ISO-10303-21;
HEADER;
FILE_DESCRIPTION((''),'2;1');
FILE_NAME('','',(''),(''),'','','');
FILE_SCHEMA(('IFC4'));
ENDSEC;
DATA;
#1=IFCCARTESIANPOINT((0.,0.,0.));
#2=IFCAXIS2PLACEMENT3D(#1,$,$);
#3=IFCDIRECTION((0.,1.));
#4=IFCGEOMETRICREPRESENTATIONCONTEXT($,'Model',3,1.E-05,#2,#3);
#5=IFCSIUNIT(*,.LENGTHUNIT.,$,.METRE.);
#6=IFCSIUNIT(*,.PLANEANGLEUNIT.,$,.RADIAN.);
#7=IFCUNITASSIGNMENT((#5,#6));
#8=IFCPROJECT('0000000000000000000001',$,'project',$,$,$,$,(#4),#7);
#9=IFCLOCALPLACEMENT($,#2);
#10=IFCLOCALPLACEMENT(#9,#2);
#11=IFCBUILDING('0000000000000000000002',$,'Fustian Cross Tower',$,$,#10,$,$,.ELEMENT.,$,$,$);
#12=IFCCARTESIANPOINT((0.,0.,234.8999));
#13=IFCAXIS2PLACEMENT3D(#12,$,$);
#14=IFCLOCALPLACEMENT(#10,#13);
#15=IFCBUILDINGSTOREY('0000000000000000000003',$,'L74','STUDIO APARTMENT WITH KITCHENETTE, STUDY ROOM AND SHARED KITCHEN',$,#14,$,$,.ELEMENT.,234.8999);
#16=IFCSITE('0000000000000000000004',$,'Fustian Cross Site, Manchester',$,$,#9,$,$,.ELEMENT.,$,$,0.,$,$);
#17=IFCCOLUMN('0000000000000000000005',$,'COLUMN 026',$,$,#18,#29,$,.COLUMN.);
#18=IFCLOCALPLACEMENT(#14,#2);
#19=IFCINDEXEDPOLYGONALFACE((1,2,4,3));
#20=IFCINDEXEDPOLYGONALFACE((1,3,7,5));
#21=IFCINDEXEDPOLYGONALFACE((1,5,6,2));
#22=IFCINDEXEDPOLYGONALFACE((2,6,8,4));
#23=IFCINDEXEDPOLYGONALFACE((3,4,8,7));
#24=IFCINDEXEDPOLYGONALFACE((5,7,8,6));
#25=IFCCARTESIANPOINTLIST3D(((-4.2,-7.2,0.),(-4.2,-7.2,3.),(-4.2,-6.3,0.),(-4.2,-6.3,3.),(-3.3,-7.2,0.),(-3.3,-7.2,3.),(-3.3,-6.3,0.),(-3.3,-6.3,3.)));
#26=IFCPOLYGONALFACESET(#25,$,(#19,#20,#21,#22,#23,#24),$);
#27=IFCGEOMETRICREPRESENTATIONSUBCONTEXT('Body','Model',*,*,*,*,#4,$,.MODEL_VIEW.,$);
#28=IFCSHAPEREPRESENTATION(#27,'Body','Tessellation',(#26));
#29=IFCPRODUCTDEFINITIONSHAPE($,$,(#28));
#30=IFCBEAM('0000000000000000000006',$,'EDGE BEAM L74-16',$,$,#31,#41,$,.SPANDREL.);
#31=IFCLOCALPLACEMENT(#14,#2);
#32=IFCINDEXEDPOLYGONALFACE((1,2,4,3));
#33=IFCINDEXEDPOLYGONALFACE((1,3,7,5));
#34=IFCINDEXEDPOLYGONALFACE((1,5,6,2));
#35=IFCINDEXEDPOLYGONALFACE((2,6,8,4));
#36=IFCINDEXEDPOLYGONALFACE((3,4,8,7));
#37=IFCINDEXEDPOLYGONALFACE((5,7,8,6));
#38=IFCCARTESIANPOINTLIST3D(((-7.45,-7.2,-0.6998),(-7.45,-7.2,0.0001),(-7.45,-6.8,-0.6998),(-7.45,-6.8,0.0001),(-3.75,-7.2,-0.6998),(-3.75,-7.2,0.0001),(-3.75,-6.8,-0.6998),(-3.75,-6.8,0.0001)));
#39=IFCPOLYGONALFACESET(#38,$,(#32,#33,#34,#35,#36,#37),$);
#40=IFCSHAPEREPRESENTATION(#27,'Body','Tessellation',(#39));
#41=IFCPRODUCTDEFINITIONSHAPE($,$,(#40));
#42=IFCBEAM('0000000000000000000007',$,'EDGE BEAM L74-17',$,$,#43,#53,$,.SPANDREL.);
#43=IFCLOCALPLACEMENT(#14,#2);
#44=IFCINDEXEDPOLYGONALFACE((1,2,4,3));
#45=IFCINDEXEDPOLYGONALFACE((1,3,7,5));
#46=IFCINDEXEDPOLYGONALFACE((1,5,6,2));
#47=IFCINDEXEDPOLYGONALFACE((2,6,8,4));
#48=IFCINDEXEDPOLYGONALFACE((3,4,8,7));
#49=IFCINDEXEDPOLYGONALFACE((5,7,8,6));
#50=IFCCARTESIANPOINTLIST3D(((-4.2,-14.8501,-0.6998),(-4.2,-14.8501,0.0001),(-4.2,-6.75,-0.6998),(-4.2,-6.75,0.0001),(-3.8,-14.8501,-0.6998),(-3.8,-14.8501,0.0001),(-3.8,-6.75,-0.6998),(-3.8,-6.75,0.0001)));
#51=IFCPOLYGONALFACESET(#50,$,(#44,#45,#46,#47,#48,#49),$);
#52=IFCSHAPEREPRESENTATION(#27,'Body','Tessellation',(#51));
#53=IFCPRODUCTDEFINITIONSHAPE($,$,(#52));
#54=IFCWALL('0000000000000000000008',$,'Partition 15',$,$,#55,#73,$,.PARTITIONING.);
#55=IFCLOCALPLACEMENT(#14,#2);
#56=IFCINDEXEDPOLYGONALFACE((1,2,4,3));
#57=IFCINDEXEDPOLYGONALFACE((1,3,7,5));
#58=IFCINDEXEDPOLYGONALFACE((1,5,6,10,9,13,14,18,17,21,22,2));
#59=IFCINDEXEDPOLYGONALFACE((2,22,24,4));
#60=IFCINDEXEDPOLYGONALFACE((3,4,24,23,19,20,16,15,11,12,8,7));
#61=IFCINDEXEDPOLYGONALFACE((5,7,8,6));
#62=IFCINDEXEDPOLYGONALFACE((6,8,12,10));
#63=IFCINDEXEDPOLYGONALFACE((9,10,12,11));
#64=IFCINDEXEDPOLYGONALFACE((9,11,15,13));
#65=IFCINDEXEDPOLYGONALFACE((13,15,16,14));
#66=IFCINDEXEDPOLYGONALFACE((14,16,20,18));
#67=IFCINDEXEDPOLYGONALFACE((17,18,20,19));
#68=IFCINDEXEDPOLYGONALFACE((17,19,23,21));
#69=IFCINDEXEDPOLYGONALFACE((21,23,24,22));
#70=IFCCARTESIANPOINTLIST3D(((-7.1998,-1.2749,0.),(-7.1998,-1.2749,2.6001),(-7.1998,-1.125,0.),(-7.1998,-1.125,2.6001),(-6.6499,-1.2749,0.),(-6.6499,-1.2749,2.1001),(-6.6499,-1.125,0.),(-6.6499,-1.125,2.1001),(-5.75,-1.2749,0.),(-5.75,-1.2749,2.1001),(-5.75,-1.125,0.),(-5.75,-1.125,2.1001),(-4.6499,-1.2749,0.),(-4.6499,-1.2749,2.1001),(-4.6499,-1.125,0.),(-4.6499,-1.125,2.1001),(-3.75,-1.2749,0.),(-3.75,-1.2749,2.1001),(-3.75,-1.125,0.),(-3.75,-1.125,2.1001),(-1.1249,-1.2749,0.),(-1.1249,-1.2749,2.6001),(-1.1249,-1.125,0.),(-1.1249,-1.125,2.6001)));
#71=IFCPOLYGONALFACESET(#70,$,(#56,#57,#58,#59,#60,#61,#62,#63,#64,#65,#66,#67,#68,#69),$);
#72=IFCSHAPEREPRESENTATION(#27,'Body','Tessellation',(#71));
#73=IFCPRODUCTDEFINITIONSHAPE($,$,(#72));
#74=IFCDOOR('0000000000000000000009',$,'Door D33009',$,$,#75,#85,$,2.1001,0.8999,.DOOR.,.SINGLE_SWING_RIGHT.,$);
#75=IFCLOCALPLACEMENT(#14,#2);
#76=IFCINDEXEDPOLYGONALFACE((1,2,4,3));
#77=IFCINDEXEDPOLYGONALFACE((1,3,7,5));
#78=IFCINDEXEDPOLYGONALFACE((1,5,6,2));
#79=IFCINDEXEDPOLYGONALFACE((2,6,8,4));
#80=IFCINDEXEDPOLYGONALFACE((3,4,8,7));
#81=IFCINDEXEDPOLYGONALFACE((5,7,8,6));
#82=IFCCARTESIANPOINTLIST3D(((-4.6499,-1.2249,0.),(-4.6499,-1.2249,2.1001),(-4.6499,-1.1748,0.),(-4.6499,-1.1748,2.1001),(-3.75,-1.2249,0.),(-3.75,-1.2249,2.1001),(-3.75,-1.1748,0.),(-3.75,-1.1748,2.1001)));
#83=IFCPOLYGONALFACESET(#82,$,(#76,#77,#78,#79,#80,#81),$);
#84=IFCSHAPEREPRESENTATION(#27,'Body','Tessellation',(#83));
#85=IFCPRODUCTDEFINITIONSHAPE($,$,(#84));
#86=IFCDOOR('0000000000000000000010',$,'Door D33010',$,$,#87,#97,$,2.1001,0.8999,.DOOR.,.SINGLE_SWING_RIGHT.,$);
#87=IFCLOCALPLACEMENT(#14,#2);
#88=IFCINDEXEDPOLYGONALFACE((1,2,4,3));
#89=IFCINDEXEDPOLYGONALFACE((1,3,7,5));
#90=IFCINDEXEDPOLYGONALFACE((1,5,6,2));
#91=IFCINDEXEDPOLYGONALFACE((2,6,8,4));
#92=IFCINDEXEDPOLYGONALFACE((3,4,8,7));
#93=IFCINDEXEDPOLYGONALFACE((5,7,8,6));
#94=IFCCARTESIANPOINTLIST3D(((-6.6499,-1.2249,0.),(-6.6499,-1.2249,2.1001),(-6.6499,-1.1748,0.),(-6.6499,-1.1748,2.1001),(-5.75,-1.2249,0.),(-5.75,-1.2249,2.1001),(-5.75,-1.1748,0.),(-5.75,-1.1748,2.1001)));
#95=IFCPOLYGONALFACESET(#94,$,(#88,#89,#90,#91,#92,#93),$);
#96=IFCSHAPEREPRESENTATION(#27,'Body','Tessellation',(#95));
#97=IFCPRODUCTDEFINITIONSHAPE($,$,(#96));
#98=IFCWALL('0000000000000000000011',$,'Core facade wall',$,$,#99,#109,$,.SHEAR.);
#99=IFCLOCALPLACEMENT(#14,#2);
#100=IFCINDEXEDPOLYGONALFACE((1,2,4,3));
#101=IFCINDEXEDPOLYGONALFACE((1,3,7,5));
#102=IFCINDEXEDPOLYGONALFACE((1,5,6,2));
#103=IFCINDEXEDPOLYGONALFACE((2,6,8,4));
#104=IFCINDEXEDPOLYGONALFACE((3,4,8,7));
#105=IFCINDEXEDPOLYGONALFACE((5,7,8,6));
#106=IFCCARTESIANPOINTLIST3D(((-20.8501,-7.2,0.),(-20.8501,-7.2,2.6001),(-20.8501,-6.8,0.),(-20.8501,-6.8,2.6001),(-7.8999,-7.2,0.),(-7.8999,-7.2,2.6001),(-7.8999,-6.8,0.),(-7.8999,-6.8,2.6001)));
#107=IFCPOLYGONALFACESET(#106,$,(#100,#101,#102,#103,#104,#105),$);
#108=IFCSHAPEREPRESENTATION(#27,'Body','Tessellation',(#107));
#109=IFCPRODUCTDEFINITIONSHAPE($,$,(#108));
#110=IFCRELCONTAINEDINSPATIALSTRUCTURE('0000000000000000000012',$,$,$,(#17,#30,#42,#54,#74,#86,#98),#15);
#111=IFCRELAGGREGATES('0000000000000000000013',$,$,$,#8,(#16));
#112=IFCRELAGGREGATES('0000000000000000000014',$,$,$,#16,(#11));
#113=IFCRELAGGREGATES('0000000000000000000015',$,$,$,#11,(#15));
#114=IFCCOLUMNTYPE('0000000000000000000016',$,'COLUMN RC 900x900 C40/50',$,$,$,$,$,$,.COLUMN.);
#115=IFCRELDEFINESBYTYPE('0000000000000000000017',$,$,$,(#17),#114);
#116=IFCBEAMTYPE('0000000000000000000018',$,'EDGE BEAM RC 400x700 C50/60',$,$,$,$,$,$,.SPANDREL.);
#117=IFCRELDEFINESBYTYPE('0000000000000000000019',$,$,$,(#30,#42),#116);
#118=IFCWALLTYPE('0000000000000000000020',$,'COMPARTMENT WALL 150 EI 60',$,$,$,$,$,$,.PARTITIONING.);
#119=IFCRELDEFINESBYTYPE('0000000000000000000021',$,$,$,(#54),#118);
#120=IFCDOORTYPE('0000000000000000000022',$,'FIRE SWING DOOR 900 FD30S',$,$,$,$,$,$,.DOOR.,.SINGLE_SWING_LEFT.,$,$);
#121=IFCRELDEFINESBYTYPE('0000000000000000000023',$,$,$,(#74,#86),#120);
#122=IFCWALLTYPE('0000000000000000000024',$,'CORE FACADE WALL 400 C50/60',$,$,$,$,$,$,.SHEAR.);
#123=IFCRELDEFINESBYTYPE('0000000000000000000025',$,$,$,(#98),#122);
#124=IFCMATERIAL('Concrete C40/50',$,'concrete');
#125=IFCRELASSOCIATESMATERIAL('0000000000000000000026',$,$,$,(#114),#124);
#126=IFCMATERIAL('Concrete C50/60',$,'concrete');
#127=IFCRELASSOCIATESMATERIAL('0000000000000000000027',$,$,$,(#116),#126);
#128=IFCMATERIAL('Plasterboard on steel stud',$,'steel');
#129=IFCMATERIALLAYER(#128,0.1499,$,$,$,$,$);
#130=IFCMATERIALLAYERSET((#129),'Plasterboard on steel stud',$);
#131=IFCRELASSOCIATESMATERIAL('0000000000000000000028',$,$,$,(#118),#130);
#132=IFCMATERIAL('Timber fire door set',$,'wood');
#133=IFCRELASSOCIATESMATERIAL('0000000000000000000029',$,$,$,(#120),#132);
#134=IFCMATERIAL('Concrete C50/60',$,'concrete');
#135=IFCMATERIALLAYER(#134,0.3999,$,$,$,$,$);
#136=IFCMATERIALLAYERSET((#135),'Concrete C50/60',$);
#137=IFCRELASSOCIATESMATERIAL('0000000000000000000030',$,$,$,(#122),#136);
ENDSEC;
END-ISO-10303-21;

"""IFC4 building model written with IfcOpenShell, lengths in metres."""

from ifc_helpers import new_model, si_unit, direction, frame, frame_2d, origin, origin_2d, place, context, subcontext, project, spatial, rectangle, extrude, material, layer, layer_set, material_profile, profile_set, type_object, element, fill, save


model = new_model("IFC4")

# Units and contexts
model_context = context("Model", 3, precision=1e-05, world=origin(), true_north=direction((0.0, 1.0)))
body_context = subcontext(model_context, "Body", "Model", "MODEL_VIEW")
ifc_project = project(units=[si_unit("LENGTHUNIT", "METRE"), si_unit("PLANEANGLEUNIT", "RADIAN")], contexts=[model_context])

# Site, building, storey
site_placement = place(None, origin())
site = spatial("IfcSite", under=ifc_project, at=site_placement, Name="Fustian Cross Site, Manchester", CompositionType="ELEMENT", RefElevation=0.0)
building_placement = place(site_placement, origin())
building = spatial("IfcBuilding", under=site, at=building_placement, Name="Fustian Cross Tower", CompositionType="ELEMENT")
storey_placement = place(building_placement, frame((0.0, 0.0, 234.8999)))
storey = spatial("IfcBuildingStorey", under=building, at=storey_placement, Name="L74", Description="STUDIO APARTMENT WITH KITCHENETTE, STUDY ROOM AND SHARED KITCHEN", CompositionType="ELEMENT", Elevation=234.8999)

# Column
ifc_material_1 = material(Name="Concrete C40/50", Category="concrete")
ifc_material_profile_1 = material_profile(ifc_material_1, rectangle(XDim=0.8999, YDim=0.8999, at=origin_2d()), Name="RC 900x900")
ifc_profile_set_1 = profile_set([ifc_material_profile_1], Name="Concrete C40/50")
column_type = type_object("IfcColumnType", Name="COLUMN RC 900x900 C40/50", PredefinedType="COLUMN", material=ifc_profile_set_1)
column_placement = place(storey_placement, frame((-3.75, -6.75, 0.0), z_axis=(0.0, 0.0, 1.0), x_axis=(1.0, 0.0, 0.0)))
element("IfcColumn", 1, at=column_placement, inside=storey, type_object=column_type, Name="COLUMN 026", PredefinedType="COLUMN", context=body_context, shape_type="SweptSolid", body=[
    extrude(rectangle(XDim=0.8999, YDim=0.8999, at=origin_2d()), origin(), (0.0, 0.0, 1.0), 3.0),
])

# Beams
ifc_material_2 = material(Name="Concrete C50/60", Category="concrete")
ifc_material_profile_2 = material_profile(ifc_material_2, rectangle(XDim=0.3999, YDim=0.7, at=origin_2d()), Name="RC 400x700")
ifc_profile_set_2 = profile_set([ifc_material_profile_2], Name="Concrete C50/60")
beam_type = type_object("IfcBeamType", Name="EDGE BEAM RC 400x700 C50/60", PredefinedType="SPANDREL", material=ifc_profile_set_2)
beam_1_placement = place(storey_placement, frame((-7.45, -7.0, -0.3499), z_axis=(1.0, 0.0, 0.0), x_axis=(0.0, 1.0, 0.0)))
element("IfcBeam", 2, at=beam_1_placement, inside=storey, type_object=beam_type, Name="EDGE BEAM L74-16", PredefinedType="SPANDREL", context=body_context, shape_type="SweptSolid", body=[
    extrude(rectangle(XDim=0.3999, YDim=0.7, at=origin_2d()), origin(), (0.0, 0.0, 1.0), 3.7),
])
beam_2_placement = place(storey_placement, frame((-4.0, -6.75, -0.3499), z_axis=(0.0, -1.0, 0.0), x_axis=(1.0, 0.0, 0.0)))
element("IfcBeam", 3, at=beam_2_placement, inside=storey, type_object=beam_type, Name="EDGE BEAM L74-17", PredefinedType="SPANDREL", context=body_context, shape_type="SweptSolid", body=[
    extrude(rectangle(XDim=0.3999, YDim=0.7, at=origin_2d()), origin(), (0.0, 0.0, 1.0), 8.1001),
])

# Wall, openings, doors
ifc_material_3 = material(Name="Plasterboard on steel stud", Category="steel")
ifc_layer_1 = layer(ifc_material_3, 0.1499)
ifc_layer_set_1 = layer_set([ifc_layer_1], Name="Plasterboard on steel stud")
wall_type_1 = type_object("IfcWallType", Name="COMPARTMENT WALL 150 EI 60", PredefinedType="PARTITIONING", material=ifc_layer_set_1)
wall_1_placement = place(storey_placement, frame((-7.2, -1.2, 0.0), z_axis=(0.0, 0.0, 1.0), x_axis=(1.0, 0.0, 0.0)))
wall_1 = element("IfcWall", 4, at=wall_1_placement, inside=storey, type_object=wall_type_1, Name="Partition 15", PredefinedType="PARTITIONING", context=body_context, shape_type="SweptSolid", body=[
    extrude(rectangle(XDim=6.075, YDim=0.1499, at=frame_2d((3.0376, 0.0))), origin(), (0.0, 0.0, 1.0), 2.6001),
])
opening_1_placement = place(wall_1_placement, frame((2.55, 0.0, 0.0)))
opening_1 = element("IfcOpeningElement", 5, at=opening_1_placement, cuts=wall_1, PredefinedType="OPENING", context=body_context, shape_type="SweptSolid", body=[
    extrude(rectangle(XDim=0.8999, YDim=2.1001, at=frame_2d((0.45, 1.05))), frame((0.0, 0.085, 0.0), z_axis=(0.0, -1.0, 0.0), x_axis=(1.0, 0.0, 0.0)), (0.0, 0.0, 1.0), 0.1699),
])
opening_2_placement = place(wall_1_placement, frame((0.55, 0.0, 0.0)))
opening_2 = element("IfcOpeningElement", 6, at=opening_2_placement, cuts=wall_1, PredefinedType="OPENING", context=body_context, shape_type="SweptSolid", body=[
    extrude(rectangle(XDim=0.8999, YDim=2.1001, at=frame_2d((0.45, 1.05))), frame((0.0, 0.085, 0.0), z_axis=(0.0, -1.0, 0.0), x_axis=(1.0, 0.0, 0.0)), (0.0, 0.0, 1.0), 0.1699),
])
ifc_material_4 = material(Name="Timber fire door set", Category="wood")
door_type_1 = type_object("IfcDoorType", Name="FIRE SWING DOOR 900 FD30S", OperationType="SINGLE_SWING_LEFT", PredefinedType="DOOR", material=ifc_material_4)
door_1_placement = place(opening_1_placement, frame((0.8999, 0.0, 0.0), z_axis=(0.0, 0.0, 1.0), x_axis=(-1.0, 0.0, 0.0)))
door_1 = element("IfcDoor", 7, at=door_1_placement, inside=storey, type_object=door_type_1, Name="Door D33009", OperationType="SINGLE_SWING_RIGHT", OverallHeight=2.1001, OverallWidth=0.8999, PredefinedType="DOOR", context=body_context, shape_type="SweptSolid", body=[
    extrude(rectangle(XDim=0.8999, YDim=2.1001, at=frame_2d((0.45, 1.05))), frame((0.0, 0.0249, 0.0), z_axis=(0.0, -1.0, 0.0), x_axis=(1.0, 0.0, 0.0)), (0.0, 0.0, 1.0), 0.05),
])
fill(opening_1, door_1)
door_2_placement = place(opening_2_placement, frame((0.8999, 0.0, 0.0), z_axis=(0.0, 0.0, 1.0), x_axis=(-1.0, 0.0, 0.0)))
door_2 = element("IfcDoor", 8, at=door_2_placement, inside=storey, type_object=door_type_1, Name="Door D33010", OperationType="SINGLE_SWING_RIGHT", OverallHeight=2.1001, OverallWidth=0.8999, PredefinedType="DOOR", context=body_context, shape_type="SweptSolid", body=[
    extrude(rectangle(XDim=0.8999, YDim=2.1001, at=frame_2d((0.45, 1.05))), frame((0.0, 0.0249, 0.0), z_axis=(0.0, -1.0, 0.0), x_axis=(1.0, 0.0, 0.0)), (0.0, 0.0, 1.0), 0.05),
])
fill(opening_2, door_2)

# Wall
ifc_material_5 = material(Name="Concrete C50/60", Category="concrete")
ifc_layer_2 = layer(ifc_material_5, 0.3999)
ifc_layer_set_2 = layer_set([ifc_layer_2], Name="Concrete C50/60")
wall_type_2 = type_object("IfcWallType", Name="CORE FACADE WALL 400 C50/60", PredefinedType="SHEAR", material=ifc_layer_set_2)
wall_2_placement = place(storey_placement, frame((-7.8999, -7.0, 0.0), z_axis=(0.0, 0.0, 1.0), x_axis=(-1.0, 0.0, 0.0)))
element("IfcWall", 9, at=wall_2_placement, inside=storey, type_object=wall_type_2, Name="Core facade wall", PredefinedType="SHEAR", context=body_context, shape_type="SweptSolid", body=[
    extrude(rectangle(XDim=12.9502, YDim=0.3999, at=frame_2d((6.4751, 0.0))), origin(), (0.0, 0.0, 1.0), 2.6001),
])

save(model, "model.ifc")
